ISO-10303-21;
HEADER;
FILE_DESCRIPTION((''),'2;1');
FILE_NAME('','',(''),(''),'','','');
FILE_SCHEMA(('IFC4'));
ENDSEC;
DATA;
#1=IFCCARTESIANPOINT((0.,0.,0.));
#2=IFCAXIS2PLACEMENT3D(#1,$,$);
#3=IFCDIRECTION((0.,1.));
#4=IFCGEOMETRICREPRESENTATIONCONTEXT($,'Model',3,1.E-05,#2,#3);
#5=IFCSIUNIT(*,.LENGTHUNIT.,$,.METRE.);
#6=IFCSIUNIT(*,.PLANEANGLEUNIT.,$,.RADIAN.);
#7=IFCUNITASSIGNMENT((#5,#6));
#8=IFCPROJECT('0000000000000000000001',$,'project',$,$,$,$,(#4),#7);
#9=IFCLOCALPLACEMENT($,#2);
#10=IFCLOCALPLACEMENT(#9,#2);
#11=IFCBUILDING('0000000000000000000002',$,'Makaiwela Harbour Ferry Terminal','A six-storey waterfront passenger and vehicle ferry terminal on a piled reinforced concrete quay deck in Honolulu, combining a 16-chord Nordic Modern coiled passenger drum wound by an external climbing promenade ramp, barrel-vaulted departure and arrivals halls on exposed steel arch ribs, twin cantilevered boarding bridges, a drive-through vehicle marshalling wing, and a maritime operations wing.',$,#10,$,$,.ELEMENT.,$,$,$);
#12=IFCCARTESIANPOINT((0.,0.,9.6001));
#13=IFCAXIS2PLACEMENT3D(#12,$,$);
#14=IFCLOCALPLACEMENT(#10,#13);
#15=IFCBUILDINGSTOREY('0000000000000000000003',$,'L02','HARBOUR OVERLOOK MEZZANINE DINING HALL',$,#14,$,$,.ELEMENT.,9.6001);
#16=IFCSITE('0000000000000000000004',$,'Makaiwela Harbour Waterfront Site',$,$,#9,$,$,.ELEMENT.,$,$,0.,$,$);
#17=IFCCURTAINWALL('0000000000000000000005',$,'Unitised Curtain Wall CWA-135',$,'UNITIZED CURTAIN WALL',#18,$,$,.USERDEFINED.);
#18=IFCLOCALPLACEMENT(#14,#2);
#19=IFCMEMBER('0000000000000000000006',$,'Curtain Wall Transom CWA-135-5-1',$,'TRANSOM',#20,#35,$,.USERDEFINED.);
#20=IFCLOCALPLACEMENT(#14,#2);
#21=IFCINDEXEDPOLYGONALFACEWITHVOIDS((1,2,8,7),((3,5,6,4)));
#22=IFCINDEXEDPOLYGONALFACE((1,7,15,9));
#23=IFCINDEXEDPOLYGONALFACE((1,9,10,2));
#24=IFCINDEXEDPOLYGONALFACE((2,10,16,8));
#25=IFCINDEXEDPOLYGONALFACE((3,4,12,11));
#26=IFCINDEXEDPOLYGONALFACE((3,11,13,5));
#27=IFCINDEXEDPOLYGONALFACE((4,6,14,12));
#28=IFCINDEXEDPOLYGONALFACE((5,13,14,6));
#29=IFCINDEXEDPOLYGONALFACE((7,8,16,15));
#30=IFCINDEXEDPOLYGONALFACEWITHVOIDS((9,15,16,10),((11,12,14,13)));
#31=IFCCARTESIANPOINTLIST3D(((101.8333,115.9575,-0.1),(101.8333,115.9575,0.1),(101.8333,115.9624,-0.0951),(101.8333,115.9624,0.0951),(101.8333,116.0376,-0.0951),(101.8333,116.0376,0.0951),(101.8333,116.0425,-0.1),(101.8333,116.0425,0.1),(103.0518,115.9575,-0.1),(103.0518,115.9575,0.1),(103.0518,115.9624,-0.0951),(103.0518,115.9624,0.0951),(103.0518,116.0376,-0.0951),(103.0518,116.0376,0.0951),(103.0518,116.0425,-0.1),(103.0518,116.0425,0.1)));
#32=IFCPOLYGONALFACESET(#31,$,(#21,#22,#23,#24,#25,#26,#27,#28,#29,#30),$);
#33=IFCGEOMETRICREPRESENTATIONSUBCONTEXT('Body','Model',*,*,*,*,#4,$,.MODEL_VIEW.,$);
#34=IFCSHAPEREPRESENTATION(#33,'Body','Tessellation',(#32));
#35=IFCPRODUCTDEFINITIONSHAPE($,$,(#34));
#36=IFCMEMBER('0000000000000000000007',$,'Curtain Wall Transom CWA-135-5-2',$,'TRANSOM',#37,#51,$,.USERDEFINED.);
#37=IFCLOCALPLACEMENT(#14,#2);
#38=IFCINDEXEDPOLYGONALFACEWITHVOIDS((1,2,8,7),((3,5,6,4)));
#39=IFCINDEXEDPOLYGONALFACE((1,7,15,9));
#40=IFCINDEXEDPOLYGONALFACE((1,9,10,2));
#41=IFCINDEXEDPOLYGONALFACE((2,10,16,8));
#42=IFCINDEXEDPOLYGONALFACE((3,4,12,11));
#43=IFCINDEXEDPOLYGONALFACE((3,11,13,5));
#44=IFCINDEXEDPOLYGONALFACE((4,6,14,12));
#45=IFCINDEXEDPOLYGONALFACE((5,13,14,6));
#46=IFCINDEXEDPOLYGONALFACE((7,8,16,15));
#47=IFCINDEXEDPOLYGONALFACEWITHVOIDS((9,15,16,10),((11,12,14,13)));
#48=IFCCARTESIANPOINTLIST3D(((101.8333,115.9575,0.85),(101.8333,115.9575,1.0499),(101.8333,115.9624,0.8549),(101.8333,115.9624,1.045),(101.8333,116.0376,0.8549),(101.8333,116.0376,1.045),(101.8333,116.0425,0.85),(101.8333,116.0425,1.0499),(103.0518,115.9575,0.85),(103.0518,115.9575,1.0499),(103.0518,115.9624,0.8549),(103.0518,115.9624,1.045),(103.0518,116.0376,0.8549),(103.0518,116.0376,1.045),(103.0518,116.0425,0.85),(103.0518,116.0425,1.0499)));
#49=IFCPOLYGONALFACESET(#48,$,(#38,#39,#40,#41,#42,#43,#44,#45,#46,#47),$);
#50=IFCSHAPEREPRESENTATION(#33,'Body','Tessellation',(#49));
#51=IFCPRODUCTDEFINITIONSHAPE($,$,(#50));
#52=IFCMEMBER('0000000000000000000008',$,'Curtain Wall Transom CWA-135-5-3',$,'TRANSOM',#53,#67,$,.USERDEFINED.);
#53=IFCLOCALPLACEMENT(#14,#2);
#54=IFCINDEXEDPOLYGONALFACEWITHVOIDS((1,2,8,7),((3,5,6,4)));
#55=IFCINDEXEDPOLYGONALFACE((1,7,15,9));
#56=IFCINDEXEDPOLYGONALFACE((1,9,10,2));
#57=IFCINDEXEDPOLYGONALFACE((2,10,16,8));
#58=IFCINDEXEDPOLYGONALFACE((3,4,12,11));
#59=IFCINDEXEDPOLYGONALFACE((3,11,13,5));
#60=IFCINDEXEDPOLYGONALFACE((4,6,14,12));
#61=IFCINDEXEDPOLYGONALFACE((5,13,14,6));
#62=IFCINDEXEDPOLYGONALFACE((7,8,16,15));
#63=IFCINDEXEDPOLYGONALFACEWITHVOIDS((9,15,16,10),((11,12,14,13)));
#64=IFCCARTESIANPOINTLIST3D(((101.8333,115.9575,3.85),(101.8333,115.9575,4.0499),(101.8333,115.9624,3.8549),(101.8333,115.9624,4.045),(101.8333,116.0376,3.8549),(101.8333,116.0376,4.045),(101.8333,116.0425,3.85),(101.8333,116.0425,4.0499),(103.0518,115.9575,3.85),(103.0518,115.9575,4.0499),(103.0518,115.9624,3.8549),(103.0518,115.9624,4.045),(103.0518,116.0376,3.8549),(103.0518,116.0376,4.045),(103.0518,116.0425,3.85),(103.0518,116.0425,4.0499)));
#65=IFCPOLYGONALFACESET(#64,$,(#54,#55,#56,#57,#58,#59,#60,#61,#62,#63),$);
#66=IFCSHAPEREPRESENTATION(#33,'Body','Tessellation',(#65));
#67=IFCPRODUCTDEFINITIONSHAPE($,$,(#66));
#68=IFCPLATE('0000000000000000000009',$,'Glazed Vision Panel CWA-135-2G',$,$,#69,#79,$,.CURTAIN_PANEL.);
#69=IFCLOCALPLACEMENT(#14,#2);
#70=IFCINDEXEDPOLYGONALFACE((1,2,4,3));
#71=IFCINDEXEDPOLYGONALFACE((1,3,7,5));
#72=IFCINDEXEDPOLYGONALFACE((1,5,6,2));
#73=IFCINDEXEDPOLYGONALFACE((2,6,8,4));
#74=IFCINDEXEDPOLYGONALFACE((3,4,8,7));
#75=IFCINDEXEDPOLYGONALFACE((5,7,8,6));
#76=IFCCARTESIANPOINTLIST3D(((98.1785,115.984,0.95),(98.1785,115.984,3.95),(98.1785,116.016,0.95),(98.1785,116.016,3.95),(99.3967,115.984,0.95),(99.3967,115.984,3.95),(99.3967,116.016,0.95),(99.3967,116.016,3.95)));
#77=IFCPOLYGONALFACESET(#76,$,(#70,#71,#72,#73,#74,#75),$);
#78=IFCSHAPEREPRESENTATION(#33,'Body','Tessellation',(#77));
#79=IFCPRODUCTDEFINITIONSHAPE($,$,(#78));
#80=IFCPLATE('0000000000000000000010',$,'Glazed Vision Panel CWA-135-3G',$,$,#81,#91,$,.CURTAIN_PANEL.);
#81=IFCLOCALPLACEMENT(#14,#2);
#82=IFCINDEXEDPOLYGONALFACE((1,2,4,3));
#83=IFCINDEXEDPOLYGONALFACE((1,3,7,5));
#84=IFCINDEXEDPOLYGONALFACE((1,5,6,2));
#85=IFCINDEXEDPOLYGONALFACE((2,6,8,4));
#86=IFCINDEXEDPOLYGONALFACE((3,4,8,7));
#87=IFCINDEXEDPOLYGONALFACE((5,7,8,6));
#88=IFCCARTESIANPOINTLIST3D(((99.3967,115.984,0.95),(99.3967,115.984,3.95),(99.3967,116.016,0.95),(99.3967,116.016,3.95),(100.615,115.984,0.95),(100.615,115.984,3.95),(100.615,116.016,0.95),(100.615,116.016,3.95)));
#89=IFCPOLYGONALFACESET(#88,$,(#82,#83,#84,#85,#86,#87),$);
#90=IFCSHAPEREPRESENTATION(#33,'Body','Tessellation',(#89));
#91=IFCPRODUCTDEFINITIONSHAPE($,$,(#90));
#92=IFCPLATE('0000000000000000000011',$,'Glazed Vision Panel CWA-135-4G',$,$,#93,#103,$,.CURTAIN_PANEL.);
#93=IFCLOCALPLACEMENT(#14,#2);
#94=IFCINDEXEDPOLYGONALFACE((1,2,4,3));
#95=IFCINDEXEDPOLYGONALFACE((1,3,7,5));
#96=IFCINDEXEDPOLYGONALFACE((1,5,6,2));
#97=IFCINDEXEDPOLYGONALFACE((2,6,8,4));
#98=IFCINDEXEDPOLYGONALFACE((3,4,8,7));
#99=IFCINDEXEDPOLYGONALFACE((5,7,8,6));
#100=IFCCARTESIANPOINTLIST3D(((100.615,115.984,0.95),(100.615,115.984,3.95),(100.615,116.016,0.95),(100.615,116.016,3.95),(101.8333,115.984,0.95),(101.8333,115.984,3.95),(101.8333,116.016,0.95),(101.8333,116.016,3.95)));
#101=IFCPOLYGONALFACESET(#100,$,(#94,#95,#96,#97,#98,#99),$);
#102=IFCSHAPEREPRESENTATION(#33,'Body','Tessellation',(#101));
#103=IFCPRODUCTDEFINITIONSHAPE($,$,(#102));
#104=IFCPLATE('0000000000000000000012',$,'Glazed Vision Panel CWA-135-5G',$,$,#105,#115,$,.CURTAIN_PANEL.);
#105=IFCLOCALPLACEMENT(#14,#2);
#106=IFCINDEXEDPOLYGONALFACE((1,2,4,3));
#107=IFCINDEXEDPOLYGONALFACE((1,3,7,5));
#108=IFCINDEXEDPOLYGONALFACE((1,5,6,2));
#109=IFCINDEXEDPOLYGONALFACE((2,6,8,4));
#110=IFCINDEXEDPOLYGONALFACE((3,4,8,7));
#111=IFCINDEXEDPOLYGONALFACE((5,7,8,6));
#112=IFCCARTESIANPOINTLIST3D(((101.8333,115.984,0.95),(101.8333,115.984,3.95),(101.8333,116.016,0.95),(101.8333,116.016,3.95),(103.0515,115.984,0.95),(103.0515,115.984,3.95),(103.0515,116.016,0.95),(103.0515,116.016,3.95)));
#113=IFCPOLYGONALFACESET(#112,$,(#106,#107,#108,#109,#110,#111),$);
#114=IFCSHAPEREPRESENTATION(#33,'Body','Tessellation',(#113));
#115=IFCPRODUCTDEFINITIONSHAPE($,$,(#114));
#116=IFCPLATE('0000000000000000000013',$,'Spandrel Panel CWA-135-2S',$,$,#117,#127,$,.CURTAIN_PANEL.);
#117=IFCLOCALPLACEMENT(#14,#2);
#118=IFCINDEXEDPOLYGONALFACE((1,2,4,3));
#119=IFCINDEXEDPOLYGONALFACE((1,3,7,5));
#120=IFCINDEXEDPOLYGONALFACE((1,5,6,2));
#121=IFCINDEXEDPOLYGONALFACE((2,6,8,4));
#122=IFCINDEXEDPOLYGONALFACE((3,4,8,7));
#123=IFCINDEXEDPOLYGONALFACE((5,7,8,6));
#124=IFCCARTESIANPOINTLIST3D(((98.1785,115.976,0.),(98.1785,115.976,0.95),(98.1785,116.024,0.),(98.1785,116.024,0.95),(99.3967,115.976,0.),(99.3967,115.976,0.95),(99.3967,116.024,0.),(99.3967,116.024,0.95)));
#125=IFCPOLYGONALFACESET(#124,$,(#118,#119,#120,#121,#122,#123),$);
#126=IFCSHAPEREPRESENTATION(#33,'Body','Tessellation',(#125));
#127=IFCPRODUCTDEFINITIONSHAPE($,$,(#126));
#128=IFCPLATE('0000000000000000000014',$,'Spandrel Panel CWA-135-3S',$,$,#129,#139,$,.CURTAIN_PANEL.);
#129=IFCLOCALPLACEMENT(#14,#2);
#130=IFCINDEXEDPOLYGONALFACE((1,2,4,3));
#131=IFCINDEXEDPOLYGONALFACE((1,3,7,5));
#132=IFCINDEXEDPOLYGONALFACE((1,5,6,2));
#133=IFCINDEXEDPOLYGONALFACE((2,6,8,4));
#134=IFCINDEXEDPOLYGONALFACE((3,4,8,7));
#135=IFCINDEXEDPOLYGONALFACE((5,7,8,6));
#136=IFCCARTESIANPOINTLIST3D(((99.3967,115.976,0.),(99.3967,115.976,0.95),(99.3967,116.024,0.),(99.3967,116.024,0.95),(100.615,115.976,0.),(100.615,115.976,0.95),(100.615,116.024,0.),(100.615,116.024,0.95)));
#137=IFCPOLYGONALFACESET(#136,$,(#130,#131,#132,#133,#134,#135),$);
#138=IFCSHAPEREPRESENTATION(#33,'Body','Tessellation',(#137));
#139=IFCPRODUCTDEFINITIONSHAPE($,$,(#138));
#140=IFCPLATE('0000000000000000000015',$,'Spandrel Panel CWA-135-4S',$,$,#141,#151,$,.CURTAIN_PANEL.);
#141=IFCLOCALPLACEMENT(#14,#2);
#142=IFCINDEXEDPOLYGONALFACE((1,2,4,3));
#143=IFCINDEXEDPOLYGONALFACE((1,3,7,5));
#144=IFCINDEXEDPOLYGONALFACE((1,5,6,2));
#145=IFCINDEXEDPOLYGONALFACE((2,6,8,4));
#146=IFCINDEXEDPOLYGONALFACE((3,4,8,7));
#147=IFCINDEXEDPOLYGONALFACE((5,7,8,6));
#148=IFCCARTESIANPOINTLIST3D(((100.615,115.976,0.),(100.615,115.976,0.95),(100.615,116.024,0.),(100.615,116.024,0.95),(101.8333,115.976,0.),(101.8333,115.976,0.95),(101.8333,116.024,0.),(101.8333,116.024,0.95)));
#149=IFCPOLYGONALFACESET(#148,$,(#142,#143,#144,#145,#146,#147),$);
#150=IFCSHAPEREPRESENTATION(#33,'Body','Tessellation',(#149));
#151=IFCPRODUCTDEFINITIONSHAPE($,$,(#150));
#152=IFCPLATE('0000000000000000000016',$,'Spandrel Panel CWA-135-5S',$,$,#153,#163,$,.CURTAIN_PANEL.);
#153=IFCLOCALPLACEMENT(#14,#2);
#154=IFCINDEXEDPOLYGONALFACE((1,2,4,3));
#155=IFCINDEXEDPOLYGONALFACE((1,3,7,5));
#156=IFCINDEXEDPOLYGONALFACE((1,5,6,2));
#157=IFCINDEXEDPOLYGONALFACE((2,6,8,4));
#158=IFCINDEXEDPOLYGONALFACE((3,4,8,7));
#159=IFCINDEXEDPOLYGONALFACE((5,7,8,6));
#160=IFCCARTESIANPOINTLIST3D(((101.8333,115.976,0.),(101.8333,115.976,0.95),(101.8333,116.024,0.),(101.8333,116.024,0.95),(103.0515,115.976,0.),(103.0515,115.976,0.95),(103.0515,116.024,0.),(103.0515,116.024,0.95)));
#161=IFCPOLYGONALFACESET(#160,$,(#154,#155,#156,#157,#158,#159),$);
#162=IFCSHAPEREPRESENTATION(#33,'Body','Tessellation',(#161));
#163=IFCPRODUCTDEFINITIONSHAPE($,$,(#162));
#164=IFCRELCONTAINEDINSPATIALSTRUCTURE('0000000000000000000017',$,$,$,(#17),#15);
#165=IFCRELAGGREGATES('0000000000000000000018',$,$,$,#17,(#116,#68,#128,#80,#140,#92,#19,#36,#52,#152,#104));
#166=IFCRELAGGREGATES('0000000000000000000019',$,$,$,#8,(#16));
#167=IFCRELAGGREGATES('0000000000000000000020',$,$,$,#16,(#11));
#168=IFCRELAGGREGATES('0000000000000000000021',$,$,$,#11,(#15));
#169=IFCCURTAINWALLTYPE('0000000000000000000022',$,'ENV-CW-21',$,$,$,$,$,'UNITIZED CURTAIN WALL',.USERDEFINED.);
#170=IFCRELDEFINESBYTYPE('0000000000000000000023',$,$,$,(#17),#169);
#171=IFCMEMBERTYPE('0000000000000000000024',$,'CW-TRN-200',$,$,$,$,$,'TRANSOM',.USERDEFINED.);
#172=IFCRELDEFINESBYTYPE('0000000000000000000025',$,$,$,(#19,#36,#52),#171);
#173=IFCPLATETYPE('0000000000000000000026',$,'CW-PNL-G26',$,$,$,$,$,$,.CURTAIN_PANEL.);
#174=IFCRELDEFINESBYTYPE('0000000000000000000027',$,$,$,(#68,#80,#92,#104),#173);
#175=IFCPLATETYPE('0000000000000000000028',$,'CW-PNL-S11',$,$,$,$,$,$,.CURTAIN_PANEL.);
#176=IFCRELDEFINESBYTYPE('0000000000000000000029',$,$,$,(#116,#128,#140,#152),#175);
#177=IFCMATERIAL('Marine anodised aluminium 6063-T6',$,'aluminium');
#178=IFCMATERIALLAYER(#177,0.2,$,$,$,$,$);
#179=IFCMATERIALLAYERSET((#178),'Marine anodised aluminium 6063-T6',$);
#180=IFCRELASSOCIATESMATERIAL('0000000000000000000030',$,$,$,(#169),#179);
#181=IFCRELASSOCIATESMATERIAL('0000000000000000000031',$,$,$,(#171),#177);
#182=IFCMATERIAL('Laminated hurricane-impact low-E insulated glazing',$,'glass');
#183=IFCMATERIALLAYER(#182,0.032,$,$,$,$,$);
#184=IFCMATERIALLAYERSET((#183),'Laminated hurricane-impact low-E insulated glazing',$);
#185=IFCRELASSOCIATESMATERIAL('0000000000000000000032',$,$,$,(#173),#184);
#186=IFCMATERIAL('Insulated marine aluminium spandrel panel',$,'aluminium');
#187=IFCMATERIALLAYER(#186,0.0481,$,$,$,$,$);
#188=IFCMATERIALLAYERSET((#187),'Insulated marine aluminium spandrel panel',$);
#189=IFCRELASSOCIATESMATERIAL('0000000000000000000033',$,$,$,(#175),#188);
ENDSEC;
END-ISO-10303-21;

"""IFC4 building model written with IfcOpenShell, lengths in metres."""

from ifc_helpers import new_model, si_unit, direction, frame, origin, origin_2d, place, context, subcontext, project, spatial, rectangle, hollow_rectangle, extrude, material, layer, layer_set, material_profile, profile_set, type_object, element, aggregate, save


model = new_model("IFC4")

# Units and contexts
model_context = context("Model", 3, precision=1e-05, world=origin(), true_north=direction((0.0, 1.0)))
body_context = subcontext(model_context, "Body", "Model", "MODEL_VIEW")
ifc_project = project(units=[si_unit("LENGTHUNIT", "METRE"), si_unit("PLANEANGLEUNIT", "RADIAN")], contexts=[model_context])

# Site, building, storey
site_placement = place(None, origin())
site = spatial("IfcSite", under=ifc_project, at=site_placement, Name="Makaiwela Harbour Waterfront Site", CompositionType="ELEMENT", RefElevation=0.0)
building_placement = place(site_placement, origin())
building = spatial("IfcBuilding", under=site, at=building_placement, Name="Makaiwela Harbour Ferry Terminal", Description="A six-storey waterfront passenger and vehicle ferry terminal on a piled reinforced concrete quay deck in Honolulu, combining a 16-chord Nordic Modern coiled passenger drum wound by an external climbing promenade ramp, barrel-vaulted departure and arrivals halls on exposed steel arch ribs, twin cantilevered boarding bridges, a drive-through vehicle marshalling wing, and a maritime operations wing.", CompositionType="ELEMENT")
storey_placement = place(building_placement, frame((0.0, 0.0, 9.6001)))
storey = spatial("IfcBuildingStorey", under=building, at=storey_placement, Name="L02", Description="HARBOUR OVERLOOK MEZZANINE DINING HALL", CompositionType="ELEMENT", Elevation=9.6001)

# Curtain wall, members, plates
ifc_material_1 = material(Name="Marine anodised aluminium 6063-T6", Category="aluminium")
ifc_layer_1 = layer(ifc_material_1, 0.2)
ifc_layer_set_1 = layer_set([ifc_layer_1], Name="Marine anodised aluminium 6063-T6")
curtain_wall_type = type_object("IfcCurtainWallType", Name="ENV-CW-21", ElementType="UNITIZED CURTAIN WALL", PredefinedType="USERDEFINED", material=ifc_layer_set_1)
curtain_wall_placement = place(storey_placement, origin())
curtain_wall = element("IfcCurtainWall", 1, at=curtain_wall_placement, inside=storey, type_object=curtain_wall_type, Name="Unitised Curtain Wall CWA-135", ObjectType="UNITIZED CURTAIN WALL", PredefinedType="USERDEFINED")
ifc_material_profile_1 = material_profile(ifc_material_1, hollow_rectangle(XDim=0.085, YDim=0.2, WallThickness=0.0049, at=origin_2d()), Name="CWT-200X85")
ifc_profile_set_1 = profile_set([ifc_material_profile_1], Name="Marine anodised aluminium 6063-T6")
member_type_1 = type_object("IfcMemberType", Name="CW-TRN-200", ElementType="TRANSOM", PredefinedType="USERDEFINED", material=ifc_profile_set_1)
member_1_placement = place(storey_placement, frame((101.8333, 116.0, 0.0), z_axis=(1.0, 0.0, 0.0), x_axis=(0.0, 1.0, 0.0)))
member_1 = element("IfcMember", 2, at=member_1_placement, type_object=member_type_1, Name="Curtain Wall Transom CWA-135-5-1", ObjectType="TRANSOM", PredefinedType="USERDEFINED", context=body_context, shape_type="SweptSolid", body=[
    extrude(hollow_rectangle(XDim=0.085, YDim=0.2, WallThickness=0.0049, at=origin_2d()), origin(), (0.0, 0.0, 1.0), 1.2185),
])
member_2_placement = place(storey_placement, frame((101.8333, 116.0, 0.95), z_axis=(1.0, 0.0, 0.0), x_axis=(0.0, 1.0, 0.0)))
member_2 = element("IfcMember", 3, at=member_2_placement, type_object=member_type_1, Name="Curtain Wall Transom CWA-135-5-2", ObjectType="TRANSOM", PredefinedType="USERDEFINED", context=body_context, shape_type="SweptSolid", body=[
    extrude(hollow_rectangle(XDim=0.085, YDim=0.2, WallThickness=0.0049, at=origin_2d()), origin(), (0.0, 0.0, 1.0), 1.2185),
])
member_3_placement = place(storey_placement, frame((101.8333, 116.0, 3.95), z_axis=(1.0, 0.0, 0.0), x_axis=(0.0, 1.0, 0.0)))
member_3 = element("IfcMember", 4, at=member_3_placement, type_object=member_type_1, Name="Curtain Wall Transom CWA-135-5-3", ObjectType="TRANSOM", PredefinedType="USERDEFINED", context=body_context, shape_type="SweptSolid", body=[
    extrude(hollow_rectangle(XDim=0.085, YDim=0.2, WallThickness=0.0049, at=origin_2d()), origin(), (0.0, 0.0, 1.0), 1.2185),
])
ifc_material_2 = material(Name="Laminated hurricane-impact low-E insulated glazing", Category="glass")
ifc_layer_2 = layer(ifc_material_2, 0.032)
ifc_layer_set_2 = layer_set([ifc_layer_2], Name="Laminated hurricane-impact low-E insulated glazing")
plate_type_1 = type_object("IfcPlateType", Name="CW-PNL-G26", PredefinedType="CURTAIN_PANEL", material=ifc_layer_set_2)
plate_1_placement = place(storey_placement, frame((98.7876, 116.0, 0.95), z_axis=(0.0, 0.0, 1.0), x_axis=(1.0, 0.0, 0.0)))
plate_1 = element("IfcPlate", 5, at=plate_1_placement, type_object=plate_type_1, Name="Glazed Vision Panel CWA-135-2G", PredefinedType="CURTAIN_PANEL", context=body_context, shape_type="SweptSolid", body=[
    extrude(rectangle(XDim=1.2183, YDim=0.032, at=origin_2d()), origin(), (0.0, 0.0, 1.0), 3.0),
])
plate_2_placement = place(storey_placement, frame((100.0059, 116.0, 0.95), z_axis=(0.0, 0.0, 1.0), x_axis=(1.0, 0.0, 0.0)))
plate_2 = element("IfcPlate", 6, at=plate_2_placement, type_object=plate_type_1, Name="Glazed Vision Panel CWA-135-3G", PredefinedType="CURTAIN_PANEL", context=body_context, shape_type="SweptSolid", body=[
    extrude(rectangle(XDim=1.2183, YDim=0.032, at=origin_2d()), origin(), (0.0, 0.0, 1.0), 3.0),
])
plate_3_placement = place(storey_placement, frame((101.2241, 116.0, 0.95), z_axis=(0.0, 0.0, 1.0), x_axis=(1.0, 0.0, 0.0)))
plate_3 = element("IfcPlate", 7, at=plate_3_placement, type_object=plate_type_1, Name="Glazed Vision Panel CWA-135-4G", PredefinedType="CURTAIN_PANEL", context=body_context, shape_type="SweptSolid", body=[
    extrude(rectangle(XDim=1.2183, YDim=0.032, at=origin_2d()), origin(), (0.0, 0.0, 1.0), 3.0),
])
plate_4_placement = place(storey_placement, frame((102.4424, 116.0, 0.95), z_axis=(0.0, 0.0, 1.0), x_axis=(1.0, 0.0, 0.0)))
plate_4 = element("IfcPlate", 8, at=plate_4_placement, type_object=plate_type_1, Name="Glazed Vision Panel CWA-135-5G", PredefinedType="CURTAIN_PANEL", context=body_context, shape_type="SweptSolid", body=[
    extrude(rectangle(XDim=1.2183, YDim=0.032, at=origin_2d()), origin(), (0.0, 0.0, 1.0), 3.0),
])
ifc_material_3 = material(Name="Insulated marine aluminium spandrel panel", Category="aluminium")
ifc_layer_3 = layer(ifc_material_3, 0.0481)
ifc_layer_set_3 = layer_set([ifc_layer_3], Name="Insulated marine aluminium spandrel panel")
plate_type_2 = type_object("IfcPlateType", Name="CW-PNL-S11", PredefinedType="CURTAIN_PANEL", material=ifc_layer_set_3)
plate_5_placement = place(storey_placement, frame((98.7876, 116.0, 0.0), z_axis=(0.0, 0.0, 1.0), x_axis=(1.0, 0.0, 0.0)))
plate_5 = element("IfcPlate", 9, at=plate_5_placement, type_object=plate_type_2, Name="Spandrel Panel CWA-135-2S", PredefinedType="CURTAIN_PANEL", context=body_context, shape_type="SweptSolid", body=[
    extrude(rectangle(XDim=1.2183, YDim=0.0481, at=origin_2d()), origin(), (0.0, 0.0, 1.0), 0.95),
])
plate_6_placement = place(storey_placement, frame((100.0059, 116.0, 0.0), z_axis=(0.0, 0.0, 1.0), x_axis=(1.0, 0.0, 0.0)))
plate_6 = element("IfcPlate", 10, at=plate_6_placement, type_object=plate_type_2, Name="Spandrel Panel CWA-135-3S", PredefinedType="CURTAIN_PANEL", context=body_context, shape_type="SweptSolid", body=[
    extrude(rectangle(XDim=1.2183, YDim=0.0481, at=origin_2d()), origin(), (0.0, 0.0, 1.0), 0.95),
])
plate_7_placement = place(storey_placement, frame((101.2241, 116.0, 0.0), z_axis=(0.0, 0.0, 1.0), x_axis=(1.0, 0.0, 0.0)))
plate_7 = element("IfcPlate", 11, at=plate_7_placement, type_object=plate_type_2, Name="Spandrel Panel CWA-135-4S", PredefinedType="CURTAIN_PANEL", context=body_context, shape_type="SweptSolid", body=[
    extrude(rectangle(XDim=1.2183, YDim=0.0481, at=origin_2d()), origin(), (0.0, 0.0, 1.0), 0.95),
])
plate_8_placement = place(storey_placement, frame((102.4424, 116.0, 0.0), z_axis=(0.0, 0.0, 1.0), x_axis=(1.0, 0.0, 0.0)))
plate_8 = element("IfcPlate", 12, at=plate_8_placement, type_object=plate_type_2, Name="Spandrel Panel CWA-135-5S", PredefinedType="CURTAIN_PANEL", context=body_context, shape_type="SweptSolid", body=[
    extrude(rectangle(XDim=1.2183, YDim=0.0481, at=origin_2d()), origin(), (0.0, 0.0, 1.0), 0.95),
])
aggregate(curtain_wall, [plate_5, plate_1, plate_6, plate_2, plate_7, plate_3, member_1, member_2, member_3, plate_8, plate_4])

save(model, "model.ifc")
